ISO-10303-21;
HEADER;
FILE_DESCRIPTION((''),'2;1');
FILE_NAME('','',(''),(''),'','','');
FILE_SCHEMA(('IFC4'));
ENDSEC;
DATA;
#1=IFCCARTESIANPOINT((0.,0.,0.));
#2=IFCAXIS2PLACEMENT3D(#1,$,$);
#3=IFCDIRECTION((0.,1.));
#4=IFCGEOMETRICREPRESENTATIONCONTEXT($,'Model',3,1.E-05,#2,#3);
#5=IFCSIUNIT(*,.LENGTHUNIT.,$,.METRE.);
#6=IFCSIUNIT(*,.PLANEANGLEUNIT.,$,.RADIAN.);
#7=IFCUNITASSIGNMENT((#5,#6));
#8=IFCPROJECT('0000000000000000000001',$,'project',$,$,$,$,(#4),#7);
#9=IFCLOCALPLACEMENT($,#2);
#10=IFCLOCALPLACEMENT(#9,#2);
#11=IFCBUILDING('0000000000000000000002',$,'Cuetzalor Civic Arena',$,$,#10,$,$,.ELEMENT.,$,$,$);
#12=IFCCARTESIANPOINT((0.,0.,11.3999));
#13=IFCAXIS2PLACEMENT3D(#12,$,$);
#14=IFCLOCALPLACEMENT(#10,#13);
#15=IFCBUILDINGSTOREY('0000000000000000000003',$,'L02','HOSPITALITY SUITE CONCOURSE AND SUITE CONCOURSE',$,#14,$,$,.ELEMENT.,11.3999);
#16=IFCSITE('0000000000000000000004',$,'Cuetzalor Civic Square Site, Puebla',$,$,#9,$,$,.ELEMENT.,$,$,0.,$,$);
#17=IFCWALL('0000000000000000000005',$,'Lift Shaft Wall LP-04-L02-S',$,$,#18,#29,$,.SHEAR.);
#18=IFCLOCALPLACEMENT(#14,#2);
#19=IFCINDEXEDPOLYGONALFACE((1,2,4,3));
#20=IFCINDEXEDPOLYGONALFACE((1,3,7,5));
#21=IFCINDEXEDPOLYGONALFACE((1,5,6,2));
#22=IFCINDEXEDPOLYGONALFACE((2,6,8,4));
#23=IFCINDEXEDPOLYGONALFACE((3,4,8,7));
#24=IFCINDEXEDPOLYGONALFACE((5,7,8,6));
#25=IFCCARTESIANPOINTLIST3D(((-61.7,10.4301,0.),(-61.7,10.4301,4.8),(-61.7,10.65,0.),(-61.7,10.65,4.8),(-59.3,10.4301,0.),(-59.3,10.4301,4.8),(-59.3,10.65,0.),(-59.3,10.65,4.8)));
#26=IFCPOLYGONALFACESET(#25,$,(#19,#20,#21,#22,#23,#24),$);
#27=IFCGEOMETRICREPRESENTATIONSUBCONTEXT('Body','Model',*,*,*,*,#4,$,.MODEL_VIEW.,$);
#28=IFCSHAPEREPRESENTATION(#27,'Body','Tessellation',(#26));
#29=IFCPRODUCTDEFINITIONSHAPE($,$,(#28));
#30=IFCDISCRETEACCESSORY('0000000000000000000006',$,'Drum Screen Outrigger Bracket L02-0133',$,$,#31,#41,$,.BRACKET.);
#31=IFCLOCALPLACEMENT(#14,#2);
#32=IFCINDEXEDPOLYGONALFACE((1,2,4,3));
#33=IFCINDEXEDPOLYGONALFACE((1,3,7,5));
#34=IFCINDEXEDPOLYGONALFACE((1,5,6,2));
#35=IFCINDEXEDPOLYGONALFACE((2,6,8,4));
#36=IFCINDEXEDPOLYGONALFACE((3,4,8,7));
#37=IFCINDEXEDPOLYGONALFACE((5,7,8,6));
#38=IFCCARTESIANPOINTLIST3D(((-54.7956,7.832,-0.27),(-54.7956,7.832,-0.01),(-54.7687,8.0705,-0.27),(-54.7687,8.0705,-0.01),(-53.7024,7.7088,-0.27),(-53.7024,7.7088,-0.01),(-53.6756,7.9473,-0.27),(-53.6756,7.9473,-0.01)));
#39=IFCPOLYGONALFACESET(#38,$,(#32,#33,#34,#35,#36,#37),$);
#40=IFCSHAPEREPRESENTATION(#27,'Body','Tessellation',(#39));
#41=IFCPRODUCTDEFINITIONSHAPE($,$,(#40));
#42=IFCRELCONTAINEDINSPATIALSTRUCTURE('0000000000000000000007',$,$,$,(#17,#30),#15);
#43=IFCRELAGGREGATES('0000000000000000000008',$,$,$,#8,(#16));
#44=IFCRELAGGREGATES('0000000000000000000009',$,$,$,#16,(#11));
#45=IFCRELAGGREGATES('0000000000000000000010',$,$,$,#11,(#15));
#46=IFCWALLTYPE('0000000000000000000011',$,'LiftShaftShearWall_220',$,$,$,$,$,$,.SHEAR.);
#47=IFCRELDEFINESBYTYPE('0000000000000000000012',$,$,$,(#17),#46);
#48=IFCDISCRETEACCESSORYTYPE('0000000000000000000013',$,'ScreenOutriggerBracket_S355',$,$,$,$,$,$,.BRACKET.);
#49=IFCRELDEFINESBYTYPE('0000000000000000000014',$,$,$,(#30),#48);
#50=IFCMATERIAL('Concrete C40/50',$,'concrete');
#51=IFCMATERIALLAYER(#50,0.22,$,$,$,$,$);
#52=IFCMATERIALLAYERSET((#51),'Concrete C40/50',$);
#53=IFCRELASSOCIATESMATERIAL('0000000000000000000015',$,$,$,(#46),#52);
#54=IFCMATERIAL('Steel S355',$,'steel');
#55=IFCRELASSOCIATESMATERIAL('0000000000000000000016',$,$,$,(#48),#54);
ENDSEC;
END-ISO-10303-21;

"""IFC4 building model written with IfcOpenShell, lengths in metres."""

from ifc_helpers import new_model, si_unit, direction, frame, frame_2d, origin, origin_2d, place, context, subcontext, project, spatial, rectangle, extrude, material, layer, layer_set, type_object, element, save


model = new_model("IFC4")

# Units and contexts
model_context = context("Model", 3, precision=1e-05, world=origin(), true_north=direction((0.0, 1.0)))
body_context = subcontext(model_context, "Body", "Model", "MODEL_VIEW")
ifc_project = project(units=[si_unit("LENGTHUNIT", "METRE"), si_unit("PLANEANGLEUNIT", "RADIAN")], contexts=[model_context])

# Site, building, storey
site_placement = place(None, origin())
site = spatial("IfcSite", under=ifc_project, at=site_placement, Name="Cuetzalor Civic Square Site, Puebla", CompositionType="ELEMENT", RefElevation=0.0)
building_placement = place(site_placement, origin())
building = spatial("IfcBuilding", under=site, at=building_placement, Name="Cuetzalor Civic Arena", CompositionType="ELEMENT")
storey_placement = place(building_placement, frame((0.0, 0.0, 11.3999)))
storey = spatial("IfcBuildingStorey", under=building, at=storey_placement, Name="L02", Description="HOSPITALITY SUITE CONCOURSE AND SUITE CONCOURSE", CompositionType="ELEMENT", Elevation=11.3999)

# Shared definitions
ifc_material_1 = material(Name="Concrete C40/50", Category="concrete")
ifc_layer_1 = layer(ifc_material_1, 0.22)
ifc_layer_set_1 = layer_set([ifc_layer_1], Name="Concrete C40/50")
wall_type = type_object("IfcWallType", Name="LiftShaftShearWall_220", PredefinedType="SHEAR", material=ifc_layer_set_1)

# Wall
wall_1_placement = place(storey_placement, frame((-59.3, 10.54, 0.0), z_axis=(0.0, 0.0, 1.0), x_axis=(-1.0, 0.0, 0.0)))
element("IfcWall", 1, at=wall_1_placement, inside=storey, type_object=wall_type, Name="Lift Shaft Wall LP-04-L02-S", PredefinedType="SHEAR", context=body_context, shape_type="SweptSolid", body=[
    extrude(rectangle(XDim=2.3999, YDim=0.22, at=frame_2d((1.2, 0.0))), origin(), (0.0, 0.0, 1.0), 4.8),
])

# Discrete accessory
ifc_material_2 = material(Name="Steel S355", Category="steel")
discrete_accessory_type = type_object("IfcDiscreteAccessoryType", Name="ScreenOutriggerBracket_S355", PredefinedType="BRACKET", material=ifc_material_2)
discrete_accessory_placement = place(storey_placement, frame((-54.2356, 7.8896, -0.27), z_axis=(0.0, 0.0, 1.0), x_axis=(-0.993709, 0.111989, 0.0)))
element("IfcDiscreteAccessory", 2, at=discrete_accessory_placement, inside=storey, type_object=discrete_accessory_type, Name="Drum Screen Outrigger Bracket L02-0133", PredefinedType="BRACKET", context=body_context, shape_type="SweptSolid", body=[
    extrude(rectangle(XDim=1.1001, YDim=0.24, at=origin_2d()), origin(), (0.0, 0.0, 1.0), 0.26),
])

save(model, "model.ifc")
